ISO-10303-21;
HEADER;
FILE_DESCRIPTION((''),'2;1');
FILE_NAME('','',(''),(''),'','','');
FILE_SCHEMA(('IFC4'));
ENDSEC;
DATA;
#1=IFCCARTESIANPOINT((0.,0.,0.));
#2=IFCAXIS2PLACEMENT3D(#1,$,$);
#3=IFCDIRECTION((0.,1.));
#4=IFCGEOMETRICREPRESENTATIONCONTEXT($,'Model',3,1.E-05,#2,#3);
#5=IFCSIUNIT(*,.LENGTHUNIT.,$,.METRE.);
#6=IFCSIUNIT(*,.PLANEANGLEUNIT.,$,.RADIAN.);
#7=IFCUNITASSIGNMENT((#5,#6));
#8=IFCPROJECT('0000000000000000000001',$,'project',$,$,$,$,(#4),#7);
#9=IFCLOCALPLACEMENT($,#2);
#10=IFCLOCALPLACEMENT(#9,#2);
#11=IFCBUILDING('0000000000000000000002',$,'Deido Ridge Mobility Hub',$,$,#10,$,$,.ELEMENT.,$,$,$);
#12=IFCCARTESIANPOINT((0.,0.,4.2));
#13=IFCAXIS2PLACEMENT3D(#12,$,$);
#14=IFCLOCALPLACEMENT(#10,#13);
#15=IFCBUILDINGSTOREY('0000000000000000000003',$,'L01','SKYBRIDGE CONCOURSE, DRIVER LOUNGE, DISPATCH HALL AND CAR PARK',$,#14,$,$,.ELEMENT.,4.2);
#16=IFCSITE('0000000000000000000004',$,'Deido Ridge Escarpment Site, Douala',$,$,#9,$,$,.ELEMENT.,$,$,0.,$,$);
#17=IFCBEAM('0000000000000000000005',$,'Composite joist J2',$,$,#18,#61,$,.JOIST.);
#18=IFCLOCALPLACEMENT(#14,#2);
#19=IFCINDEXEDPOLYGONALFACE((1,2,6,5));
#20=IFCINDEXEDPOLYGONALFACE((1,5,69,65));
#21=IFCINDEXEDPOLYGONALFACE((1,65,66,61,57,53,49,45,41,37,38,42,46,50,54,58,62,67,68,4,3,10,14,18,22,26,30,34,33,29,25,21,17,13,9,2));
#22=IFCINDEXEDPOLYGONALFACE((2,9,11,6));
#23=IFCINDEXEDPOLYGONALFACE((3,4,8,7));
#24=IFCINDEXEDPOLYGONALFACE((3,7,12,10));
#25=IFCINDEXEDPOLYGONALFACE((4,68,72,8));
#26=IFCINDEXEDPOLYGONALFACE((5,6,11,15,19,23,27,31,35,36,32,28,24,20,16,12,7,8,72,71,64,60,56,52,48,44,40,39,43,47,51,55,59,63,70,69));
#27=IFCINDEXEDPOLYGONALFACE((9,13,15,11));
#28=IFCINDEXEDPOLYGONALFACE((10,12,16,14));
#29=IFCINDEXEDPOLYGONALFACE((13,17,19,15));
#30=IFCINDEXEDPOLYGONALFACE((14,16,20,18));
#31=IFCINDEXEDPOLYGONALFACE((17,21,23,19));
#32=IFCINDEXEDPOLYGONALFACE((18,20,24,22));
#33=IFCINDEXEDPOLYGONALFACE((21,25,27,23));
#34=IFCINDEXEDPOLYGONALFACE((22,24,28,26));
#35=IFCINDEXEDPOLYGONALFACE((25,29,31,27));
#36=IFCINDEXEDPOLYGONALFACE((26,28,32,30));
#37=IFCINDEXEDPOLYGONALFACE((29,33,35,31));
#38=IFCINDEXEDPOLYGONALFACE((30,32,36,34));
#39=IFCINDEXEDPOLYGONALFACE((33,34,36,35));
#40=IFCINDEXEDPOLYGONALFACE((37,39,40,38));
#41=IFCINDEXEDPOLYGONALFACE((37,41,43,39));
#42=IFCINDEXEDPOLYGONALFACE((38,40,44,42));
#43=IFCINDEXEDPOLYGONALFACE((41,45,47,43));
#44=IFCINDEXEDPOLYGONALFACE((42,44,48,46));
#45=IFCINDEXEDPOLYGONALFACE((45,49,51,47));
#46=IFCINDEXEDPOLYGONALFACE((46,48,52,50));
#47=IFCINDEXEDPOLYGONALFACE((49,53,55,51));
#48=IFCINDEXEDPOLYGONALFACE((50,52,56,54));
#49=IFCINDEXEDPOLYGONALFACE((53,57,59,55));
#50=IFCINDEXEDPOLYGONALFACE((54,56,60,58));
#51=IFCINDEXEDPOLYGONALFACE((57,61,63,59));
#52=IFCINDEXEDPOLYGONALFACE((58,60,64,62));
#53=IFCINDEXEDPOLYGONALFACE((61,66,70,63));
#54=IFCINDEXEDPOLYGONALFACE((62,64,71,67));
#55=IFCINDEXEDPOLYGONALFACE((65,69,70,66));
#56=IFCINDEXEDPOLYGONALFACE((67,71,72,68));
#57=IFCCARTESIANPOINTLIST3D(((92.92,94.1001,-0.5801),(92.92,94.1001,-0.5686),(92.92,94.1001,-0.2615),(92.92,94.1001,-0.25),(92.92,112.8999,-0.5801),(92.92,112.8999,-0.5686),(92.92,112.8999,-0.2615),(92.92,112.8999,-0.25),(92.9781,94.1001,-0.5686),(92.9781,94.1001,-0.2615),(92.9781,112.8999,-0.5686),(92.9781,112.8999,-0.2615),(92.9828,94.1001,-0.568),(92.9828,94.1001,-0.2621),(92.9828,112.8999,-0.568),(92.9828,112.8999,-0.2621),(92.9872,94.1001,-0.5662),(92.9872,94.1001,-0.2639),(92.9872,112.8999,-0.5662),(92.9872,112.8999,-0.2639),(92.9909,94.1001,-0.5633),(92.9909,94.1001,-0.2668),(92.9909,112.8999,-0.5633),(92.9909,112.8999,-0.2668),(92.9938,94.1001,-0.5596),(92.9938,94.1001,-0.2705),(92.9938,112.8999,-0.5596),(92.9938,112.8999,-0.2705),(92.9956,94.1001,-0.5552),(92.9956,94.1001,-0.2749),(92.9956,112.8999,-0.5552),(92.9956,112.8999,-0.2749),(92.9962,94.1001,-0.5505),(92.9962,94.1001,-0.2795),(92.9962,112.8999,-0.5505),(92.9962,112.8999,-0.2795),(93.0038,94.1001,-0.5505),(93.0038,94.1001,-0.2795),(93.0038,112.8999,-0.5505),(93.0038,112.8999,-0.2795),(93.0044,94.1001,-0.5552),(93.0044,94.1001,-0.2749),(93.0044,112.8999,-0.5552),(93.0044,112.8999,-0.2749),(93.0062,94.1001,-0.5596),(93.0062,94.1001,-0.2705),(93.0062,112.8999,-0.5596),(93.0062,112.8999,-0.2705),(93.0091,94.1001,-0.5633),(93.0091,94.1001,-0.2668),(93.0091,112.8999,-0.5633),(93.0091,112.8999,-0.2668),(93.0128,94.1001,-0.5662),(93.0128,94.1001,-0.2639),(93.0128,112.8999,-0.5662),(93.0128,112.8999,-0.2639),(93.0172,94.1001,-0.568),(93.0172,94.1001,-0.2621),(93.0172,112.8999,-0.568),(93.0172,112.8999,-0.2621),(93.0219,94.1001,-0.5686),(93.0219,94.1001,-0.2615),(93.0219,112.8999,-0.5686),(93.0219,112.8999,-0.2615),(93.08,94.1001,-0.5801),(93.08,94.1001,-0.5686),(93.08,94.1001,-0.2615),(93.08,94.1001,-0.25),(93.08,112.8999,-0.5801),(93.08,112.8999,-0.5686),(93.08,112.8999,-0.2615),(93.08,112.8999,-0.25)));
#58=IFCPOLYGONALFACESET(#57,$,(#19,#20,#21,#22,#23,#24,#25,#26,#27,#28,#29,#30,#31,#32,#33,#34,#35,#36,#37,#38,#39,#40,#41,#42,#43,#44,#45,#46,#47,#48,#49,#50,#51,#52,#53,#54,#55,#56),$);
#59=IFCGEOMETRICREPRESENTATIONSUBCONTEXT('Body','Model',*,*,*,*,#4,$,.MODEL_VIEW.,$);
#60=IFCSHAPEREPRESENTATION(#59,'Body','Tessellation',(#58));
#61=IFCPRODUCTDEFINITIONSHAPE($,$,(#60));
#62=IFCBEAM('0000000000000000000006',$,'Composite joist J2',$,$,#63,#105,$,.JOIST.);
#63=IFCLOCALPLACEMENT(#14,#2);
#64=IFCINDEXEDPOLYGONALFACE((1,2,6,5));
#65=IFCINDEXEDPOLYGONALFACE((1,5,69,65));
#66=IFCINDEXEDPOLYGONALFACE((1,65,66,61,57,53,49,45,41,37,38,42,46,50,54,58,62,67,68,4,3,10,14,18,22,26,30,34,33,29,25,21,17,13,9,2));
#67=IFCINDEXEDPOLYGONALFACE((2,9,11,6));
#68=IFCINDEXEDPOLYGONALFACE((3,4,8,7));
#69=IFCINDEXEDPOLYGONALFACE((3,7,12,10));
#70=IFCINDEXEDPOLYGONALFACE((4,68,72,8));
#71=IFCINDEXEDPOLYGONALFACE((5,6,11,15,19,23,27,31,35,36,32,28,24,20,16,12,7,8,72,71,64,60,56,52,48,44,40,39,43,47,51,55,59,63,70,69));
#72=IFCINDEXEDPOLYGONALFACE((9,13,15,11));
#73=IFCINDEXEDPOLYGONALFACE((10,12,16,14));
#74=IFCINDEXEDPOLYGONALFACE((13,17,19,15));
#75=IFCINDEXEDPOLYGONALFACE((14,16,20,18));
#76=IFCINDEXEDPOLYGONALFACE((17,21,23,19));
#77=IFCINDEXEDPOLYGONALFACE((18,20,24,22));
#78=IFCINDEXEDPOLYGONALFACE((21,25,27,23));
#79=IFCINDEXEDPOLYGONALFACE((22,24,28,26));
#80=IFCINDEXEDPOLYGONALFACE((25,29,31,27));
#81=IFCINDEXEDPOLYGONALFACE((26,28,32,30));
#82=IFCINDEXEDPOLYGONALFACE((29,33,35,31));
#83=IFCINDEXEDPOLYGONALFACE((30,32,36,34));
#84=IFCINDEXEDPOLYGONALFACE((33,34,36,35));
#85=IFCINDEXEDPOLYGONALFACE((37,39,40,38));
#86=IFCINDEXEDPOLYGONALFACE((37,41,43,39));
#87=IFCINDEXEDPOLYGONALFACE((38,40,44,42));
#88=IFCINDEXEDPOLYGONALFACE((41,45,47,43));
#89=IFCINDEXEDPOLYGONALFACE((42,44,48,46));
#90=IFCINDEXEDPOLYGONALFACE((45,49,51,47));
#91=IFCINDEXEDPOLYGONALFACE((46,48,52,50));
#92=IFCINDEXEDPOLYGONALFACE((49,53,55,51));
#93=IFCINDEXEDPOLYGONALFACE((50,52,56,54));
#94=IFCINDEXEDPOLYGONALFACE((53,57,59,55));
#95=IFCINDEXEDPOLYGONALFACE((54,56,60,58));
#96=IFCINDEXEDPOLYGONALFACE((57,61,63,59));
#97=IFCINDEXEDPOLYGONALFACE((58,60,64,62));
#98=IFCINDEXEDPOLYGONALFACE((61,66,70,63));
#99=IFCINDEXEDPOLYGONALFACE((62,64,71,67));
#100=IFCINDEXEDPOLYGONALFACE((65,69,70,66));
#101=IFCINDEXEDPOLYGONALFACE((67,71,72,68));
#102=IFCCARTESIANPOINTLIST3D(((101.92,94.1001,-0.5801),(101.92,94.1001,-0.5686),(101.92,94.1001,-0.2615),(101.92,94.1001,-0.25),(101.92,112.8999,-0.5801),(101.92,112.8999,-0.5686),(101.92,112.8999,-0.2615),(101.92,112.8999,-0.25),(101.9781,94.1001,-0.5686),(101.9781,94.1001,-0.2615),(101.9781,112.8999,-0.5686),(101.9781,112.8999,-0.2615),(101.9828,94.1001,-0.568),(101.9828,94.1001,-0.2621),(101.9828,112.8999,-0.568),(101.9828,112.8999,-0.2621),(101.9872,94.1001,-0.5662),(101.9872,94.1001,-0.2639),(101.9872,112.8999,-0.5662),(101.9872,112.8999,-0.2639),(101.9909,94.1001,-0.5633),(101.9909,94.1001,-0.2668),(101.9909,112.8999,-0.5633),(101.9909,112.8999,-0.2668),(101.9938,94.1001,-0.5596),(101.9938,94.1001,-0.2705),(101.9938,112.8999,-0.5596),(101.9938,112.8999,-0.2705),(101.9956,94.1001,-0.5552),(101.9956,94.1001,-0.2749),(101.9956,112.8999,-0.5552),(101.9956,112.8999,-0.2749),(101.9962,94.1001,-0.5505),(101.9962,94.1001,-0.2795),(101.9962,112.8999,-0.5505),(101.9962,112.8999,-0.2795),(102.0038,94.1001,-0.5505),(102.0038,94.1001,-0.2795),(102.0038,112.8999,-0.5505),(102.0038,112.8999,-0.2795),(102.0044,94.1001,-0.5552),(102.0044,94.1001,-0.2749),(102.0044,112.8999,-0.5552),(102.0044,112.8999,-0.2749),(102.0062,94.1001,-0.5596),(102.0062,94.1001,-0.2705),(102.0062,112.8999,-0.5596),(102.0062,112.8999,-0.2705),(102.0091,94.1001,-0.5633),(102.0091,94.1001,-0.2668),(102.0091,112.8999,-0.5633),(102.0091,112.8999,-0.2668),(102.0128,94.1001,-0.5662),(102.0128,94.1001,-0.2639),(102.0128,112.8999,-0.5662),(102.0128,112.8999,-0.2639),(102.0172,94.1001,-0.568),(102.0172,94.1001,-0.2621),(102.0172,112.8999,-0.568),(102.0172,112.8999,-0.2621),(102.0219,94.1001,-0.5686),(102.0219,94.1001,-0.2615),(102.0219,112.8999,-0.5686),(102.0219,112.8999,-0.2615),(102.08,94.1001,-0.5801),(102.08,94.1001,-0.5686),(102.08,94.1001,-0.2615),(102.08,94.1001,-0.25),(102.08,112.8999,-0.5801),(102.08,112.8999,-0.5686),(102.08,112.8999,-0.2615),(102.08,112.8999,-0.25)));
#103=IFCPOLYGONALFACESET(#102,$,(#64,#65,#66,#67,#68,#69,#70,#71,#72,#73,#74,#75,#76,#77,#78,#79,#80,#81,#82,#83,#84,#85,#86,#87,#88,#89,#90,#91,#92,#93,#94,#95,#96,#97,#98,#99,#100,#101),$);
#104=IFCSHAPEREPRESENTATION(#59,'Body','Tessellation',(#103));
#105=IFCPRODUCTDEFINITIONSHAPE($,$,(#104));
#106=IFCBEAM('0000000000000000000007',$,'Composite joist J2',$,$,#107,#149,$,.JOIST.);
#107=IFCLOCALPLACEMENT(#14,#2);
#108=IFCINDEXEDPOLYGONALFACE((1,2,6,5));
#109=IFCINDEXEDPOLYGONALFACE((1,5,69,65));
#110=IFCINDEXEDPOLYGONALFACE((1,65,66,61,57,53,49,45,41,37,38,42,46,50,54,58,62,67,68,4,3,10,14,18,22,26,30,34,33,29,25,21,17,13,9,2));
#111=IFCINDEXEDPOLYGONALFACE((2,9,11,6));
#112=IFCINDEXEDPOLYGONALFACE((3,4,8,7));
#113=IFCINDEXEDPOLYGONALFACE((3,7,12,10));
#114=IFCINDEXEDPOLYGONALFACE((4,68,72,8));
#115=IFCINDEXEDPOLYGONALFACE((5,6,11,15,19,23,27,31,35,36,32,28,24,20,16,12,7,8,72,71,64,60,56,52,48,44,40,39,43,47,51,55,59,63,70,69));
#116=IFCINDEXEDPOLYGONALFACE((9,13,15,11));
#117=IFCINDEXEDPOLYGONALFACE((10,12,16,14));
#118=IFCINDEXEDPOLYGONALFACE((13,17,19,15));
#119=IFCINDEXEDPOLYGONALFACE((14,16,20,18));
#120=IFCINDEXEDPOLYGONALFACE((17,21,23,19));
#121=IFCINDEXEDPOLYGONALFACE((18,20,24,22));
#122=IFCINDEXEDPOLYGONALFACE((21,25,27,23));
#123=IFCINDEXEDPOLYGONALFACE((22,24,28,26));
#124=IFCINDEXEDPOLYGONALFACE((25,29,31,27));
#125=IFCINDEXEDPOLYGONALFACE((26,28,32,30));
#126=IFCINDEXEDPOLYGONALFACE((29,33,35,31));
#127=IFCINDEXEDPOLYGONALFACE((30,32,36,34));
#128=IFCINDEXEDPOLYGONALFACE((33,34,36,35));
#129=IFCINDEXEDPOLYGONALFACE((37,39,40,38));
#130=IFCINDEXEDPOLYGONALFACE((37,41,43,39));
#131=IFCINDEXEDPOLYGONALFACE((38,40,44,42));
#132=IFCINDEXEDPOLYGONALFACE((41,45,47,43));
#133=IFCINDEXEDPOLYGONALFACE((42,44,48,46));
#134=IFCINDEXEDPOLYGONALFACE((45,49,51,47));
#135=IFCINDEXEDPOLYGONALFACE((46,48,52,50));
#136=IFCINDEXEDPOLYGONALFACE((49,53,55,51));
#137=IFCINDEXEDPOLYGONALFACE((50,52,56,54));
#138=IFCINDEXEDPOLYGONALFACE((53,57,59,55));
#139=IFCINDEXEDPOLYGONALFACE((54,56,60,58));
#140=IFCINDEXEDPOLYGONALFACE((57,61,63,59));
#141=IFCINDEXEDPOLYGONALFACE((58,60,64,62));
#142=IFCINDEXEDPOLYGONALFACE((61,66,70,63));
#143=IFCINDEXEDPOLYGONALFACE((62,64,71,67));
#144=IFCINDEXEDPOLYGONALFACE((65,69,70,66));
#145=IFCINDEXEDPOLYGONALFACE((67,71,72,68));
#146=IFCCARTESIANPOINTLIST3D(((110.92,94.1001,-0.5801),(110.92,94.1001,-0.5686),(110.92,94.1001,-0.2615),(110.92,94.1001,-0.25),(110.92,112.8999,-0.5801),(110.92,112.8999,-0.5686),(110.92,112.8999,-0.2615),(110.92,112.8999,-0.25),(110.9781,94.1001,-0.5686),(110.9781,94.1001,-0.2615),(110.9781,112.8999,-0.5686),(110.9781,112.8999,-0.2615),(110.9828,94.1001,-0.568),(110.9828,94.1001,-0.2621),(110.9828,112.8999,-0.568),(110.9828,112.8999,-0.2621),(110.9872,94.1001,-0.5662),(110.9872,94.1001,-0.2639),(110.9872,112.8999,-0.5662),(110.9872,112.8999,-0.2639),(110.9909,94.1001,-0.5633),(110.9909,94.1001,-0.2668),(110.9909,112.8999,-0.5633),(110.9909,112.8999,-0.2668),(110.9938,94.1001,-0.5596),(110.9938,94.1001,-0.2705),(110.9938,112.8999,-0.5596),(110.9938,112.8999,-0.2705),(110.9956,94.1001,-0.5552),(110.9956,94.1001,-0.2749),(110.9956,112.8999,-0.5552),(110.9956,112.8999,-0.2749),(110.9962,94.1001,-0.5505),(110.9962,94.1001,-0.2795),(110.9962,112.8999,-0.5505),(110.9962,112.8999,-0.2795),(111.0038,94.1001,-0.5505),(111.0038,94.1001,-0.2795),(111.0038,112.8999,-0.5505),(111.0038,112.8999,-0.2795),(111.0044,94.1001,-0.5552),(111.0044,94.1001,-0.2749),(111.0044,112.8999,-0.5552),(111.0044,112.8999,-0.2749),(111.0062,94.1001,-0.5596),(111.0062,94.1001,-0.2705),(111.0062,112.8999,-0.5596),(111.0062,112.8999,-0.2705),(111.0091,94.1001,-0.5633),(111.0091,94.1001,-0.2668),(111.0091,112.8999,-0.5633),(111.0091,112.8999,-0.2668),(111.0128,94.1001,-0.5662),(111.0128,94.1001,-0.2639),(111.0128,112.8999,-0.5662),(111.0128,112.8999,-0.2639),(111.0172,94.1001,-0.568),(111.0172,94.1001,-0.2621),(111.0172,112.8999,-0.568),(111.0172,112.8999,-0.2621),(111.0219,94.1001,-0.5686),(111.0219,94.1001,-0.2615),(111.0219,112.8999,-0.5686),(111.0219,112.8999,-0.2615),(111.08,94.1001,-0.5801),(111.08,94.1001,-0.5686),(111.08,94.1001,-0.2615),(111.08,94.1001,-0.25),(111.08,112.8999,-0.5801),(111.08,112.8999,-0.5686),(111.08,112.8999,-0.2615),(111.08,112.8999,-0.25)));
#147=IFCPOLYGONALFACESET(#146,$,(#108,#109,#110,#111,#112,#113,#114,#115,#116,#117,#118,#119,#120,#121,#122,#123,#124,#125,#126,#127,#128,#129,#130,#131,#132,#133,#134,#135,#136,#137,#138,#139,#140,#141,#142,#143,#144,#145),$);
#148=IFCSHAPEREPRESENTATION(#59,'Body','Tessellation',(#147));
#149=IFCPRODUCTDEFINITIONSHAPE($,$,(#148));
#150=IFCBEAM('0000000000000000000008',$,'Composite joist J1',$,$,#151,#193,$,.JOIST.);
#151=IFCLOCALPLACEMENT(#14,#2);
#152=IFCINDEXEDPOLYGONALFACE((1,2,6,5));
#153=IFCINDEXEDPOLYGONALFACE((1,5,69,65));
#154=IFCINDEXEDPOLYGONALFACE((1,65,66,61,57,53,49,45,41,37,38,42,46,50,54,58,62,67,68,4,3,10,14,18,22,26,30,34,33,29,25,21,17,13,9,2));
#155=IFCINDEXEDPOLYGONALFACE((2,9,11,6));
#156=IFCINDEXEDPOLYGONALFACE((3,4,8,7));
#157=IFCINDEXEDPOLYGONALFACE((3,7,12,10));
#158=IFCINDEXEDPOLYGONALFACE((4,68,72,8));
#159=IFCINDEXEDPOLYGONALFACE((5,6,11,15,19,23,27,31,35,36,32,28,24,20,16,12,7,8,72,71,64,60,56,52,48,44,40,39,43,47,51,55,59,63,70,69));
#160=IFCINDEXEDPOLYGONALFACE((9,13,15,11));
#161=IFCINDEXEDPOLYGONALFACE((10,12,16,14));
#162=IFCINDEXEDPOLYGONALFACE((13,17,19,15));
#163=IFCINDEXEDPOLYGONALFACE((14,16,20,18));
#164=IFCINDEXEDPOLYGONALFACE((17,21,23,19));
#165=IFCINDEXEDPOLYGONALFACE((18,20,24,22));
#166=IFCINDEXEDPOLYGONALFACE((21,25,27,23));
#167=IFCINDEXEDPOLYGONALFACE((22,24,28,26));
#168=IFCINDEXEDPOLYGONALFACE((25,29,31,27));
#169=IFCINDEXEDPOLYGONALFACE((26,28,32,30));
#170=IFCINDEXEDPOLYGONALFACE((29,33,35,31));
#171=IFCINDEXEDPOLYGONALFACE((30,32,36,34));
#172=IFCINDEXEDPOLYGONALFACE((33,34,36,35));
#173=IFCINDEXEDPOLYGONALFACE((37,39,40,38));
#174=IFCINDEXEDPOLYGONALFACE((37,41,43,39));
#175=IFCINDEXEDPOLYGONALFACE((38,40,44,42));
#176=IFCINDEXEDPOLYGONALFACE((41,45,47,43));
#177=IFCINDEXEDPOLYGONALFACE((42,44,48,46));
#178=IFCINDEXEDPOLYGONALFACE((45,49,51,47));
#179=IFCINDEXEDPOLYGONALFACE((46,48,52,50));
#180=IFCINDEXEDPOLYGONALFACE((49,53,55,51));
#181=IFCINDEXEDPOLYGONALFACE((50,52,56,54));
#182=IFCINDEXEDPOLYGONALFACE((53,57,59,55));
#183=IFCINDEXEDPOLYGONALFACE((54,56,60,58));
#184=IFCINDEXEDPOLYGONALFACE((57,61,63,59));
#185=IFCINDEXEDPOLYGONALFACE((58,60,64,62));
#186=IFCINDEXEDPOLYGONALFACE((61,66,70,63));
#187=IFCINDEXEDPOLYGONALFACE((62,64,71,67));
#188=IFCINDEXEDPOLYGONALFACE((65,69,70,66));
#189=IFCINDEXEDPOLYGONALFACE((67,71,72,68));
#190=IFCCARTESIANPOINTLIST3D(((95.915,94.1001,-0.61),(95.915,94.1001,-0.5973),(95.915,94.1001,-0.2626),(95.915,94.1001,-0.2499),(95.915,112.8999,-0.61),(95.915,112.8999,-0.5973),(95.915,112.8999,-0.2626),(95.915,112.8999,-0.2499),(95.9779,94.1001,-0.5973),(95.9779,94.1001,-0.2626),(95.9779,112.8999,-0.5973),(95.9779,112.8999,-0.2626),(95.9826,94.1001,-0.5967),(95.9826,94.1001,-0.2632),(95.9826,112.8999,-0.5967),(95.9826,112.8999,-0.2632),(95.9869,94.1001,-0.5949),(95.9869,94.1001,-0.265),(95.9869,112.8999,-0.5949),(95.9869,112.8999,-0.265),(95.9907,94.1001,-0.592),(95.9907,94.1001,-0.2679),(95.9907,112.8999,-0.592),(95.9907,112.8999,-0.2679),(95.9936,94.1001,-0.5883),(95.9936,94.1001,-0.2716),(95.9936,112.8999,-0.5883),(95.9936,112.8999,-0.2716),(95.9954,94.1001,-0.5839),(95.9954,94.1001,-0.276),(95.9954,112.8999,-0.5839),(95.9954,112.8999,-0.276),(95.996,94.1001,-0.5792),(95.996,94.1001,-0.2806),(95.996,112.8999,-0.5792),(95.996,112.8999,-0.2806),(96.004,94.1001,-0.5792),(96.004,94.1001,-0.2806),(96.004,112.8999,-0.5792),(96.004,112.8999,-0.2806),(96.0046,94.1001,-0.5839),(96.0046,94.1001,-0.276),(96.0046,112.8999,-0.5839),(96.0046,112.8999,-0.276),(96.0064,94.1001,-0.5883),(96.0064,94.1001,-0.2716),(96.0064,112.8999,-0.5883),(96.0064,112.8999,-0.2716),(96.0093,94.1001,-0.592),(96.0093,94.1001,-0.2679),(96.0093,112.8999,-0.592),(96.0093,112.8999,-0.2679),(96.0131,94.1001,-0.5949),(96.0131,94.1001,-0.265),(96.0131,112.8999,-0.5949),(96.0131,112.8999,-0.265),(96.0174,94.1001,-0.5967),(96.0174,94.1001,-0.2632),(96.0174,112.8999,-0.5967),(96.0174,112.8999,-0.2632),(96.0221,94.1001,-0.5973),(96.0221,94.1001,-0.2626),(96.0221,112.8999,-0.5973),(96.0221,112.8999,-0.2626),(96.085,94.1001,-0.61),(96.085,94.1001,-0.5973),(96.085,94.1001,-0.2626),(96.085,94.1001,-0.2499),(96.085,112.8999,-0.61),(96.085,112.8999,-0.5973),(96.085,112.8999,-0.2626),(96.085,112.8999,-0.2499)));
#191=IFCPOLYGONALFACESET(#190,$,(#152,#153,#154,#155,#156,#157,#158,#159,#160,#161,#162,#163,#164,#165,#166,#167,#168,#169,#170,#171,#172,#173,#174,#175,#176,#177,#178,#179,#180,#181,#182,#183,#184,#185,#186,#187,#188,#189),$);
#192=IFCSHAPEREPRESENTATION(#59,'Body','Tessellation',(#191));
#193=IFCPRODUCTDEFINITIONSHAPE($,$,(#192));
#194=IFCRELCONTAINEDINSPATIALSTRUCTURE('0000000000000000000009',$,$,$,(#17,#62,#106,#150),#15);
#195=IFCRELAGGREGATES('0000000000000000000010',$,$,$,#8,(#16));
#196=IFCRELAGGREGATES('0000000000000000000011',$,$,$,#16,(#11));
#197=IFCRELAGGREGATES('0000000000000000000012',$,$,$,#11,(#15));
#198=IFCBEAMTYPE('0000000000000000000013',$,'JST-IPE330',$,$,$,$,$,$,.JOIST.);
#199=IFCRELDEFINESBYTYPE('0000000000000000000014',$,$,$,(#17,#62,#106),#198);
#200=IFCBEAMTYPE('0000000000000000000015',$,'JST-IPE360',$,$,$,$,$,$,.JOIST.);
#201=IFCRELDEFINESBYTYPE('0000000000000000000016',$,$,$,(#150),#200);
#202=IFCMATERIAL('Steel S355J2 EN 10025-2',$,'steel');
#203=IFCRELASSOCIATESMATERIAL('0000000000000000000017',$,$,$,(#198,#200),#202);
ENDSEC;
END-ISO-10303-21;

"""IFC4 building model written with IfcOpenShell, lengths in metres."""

from ifc_helpers import new_model, si_unit, direction, frame, origin, origin_2d, place, context, subcontext, project, spatial, i_section, extrude, material, material_profile, profile_set, type_object, element, save


model = new_model("IFC4")

# Units and contexts
model_context = context("Model", 3, precision=1e-05, world=origin(), true_north=direction((0.0, 1.0)))
body_context = subcontext(model_context, "Body", "Model", "MODEL_VIEW")
ifc_project = project(units=[si_unit("LENGTHUNIT", "METRE"), si_unit("PLANEANGLEUNIT", "RADIAN")], contexts=[model_context])

# Site, building, storey
site_placement = place(None, origin())
site = spatial("IfcSite", under=ifc_project, at=site_placement, Name="Deido Ridge Escarpment Site, Douala", CompositionType="ELEMENT", RefElevation=0.0)
building_placement = place(site_placement, origin())
building = spatial("IfcBuilding", under=site, at=building_placement, Name="Deido Ridge Mobility Hub", CompositionType="ELEMENT")
storey_placement = place(building_placement, frame((0.0, 0.0, 4.2)))
storey = spatial("IfcBuildingStorey", under=building, at=storey_placement, Name="L01", Description="SKYBRIDGE CONCOURSE, DRIVER LOUNGE, DISPATCH HALL AND CAR PARK", CompositionType="ELEMENT", Elevation=4.2)

# Shared definitions
ifc_material_1 = material(Name="Steel S355J2 EN 10025-2", Category="steel")

# Beams
ifc_material_profile_1 = material_profile(ifc_material_1, i_section(OverallWidth=0.1599, OverallDepth=0.3301, WebThickness=0.0076, FlangeThickness=0.0115, FilletRadius=0.0181, at=origin_2d()), Name="IPE 330")
ifc_profile_set_1 = profile_set([ifc_material_profile_1], Name="Steel S355J2 EN 10025-2")
beam_type_1 = type_object("IfcBeamType", Name="JST-IPE330", PredefinedType="JOIST", material=ifc_profile_set_1)
for number, where, z_axis, x_axis, name in (
    (1, (93.0, 94.1001, -0.415), (0.0, 1.0, 0.0), (-1.0, 0.0, 0.0), "Composite joist J2"),
    (2, (102.0, 94.1001, -0.415), (0.0, 1.0, 0.0), (-1.0, 0.0, 0.0), "Composite joist J2"),
    (3, (111.0, 94.1001, -0.415), (0.0, 1.0, 0.0), (-1.0, 0.0, 0.0), "Composite joist J2"),
):
    element("IfcBeam", number, at=place(storey_placement, frame(where, z_axis=z_axis, x_axis=x_axis)), inside=storey, type_object=beam_type_1, Name=name, PredefinedType="JOIST", context=body_context, shape_type="SweptSolid", body=[
        extrude(i_section(OverallWidth=0.1599, OverallDepth=0.3301, WebThickness=0.0076, FlangeThickness=0.0115, FilletRadius=0.0181, at=origin_2d()), origin(), (0.0, 0.0, 1.0), 18.7998),
    ])
ifc_material_profile_2 = material_profile(ifc_material_1, i_section(OverallWidth=0.1699, OverallDepth=0.3601, WebThickness=0.0081, FlangeThickness=0.0127, FilletRadius=0.0181, at=origin_2d()), Name="IPE 360")
ifc_profile_set_2 = profile_set([ifc_material_profile_2], Name="Steel S355J2 EN 10025-2")
beam_type_2 = type_object("IfcBeamType", Name="JST-IPE360", PredefinedType="JOIST", material=ifc_profile_set_2)
for number, where, z_axis, x_axis, name in (
    (4, (96.0, 94.1001, -0.4299), (0.0, 1.0, 0.0), (-1.0, 0.0, 0.0), "Composite joist J1"),
):
    element("IfcBeam", number, at=place(storey_placement, frame(where, z_axis=z_axis, x_axis=x_axis)), inside=storey, type_object=beam_type_2, Name=name, PredefinedType="JOIST", context=body_context, shape_type="SweptSolid", body=[
        extrude(i_section(OverallWidth=0.1699, OverallDepth=0.3601, WebThickness=0.0081, FlangeThickness=0.0127, FilletRadius=0.0181, at=origin_2d()), origin(), (0.0, 0.0, 1.0), 18.7998),
    ])

save(model, "model.ifc")
